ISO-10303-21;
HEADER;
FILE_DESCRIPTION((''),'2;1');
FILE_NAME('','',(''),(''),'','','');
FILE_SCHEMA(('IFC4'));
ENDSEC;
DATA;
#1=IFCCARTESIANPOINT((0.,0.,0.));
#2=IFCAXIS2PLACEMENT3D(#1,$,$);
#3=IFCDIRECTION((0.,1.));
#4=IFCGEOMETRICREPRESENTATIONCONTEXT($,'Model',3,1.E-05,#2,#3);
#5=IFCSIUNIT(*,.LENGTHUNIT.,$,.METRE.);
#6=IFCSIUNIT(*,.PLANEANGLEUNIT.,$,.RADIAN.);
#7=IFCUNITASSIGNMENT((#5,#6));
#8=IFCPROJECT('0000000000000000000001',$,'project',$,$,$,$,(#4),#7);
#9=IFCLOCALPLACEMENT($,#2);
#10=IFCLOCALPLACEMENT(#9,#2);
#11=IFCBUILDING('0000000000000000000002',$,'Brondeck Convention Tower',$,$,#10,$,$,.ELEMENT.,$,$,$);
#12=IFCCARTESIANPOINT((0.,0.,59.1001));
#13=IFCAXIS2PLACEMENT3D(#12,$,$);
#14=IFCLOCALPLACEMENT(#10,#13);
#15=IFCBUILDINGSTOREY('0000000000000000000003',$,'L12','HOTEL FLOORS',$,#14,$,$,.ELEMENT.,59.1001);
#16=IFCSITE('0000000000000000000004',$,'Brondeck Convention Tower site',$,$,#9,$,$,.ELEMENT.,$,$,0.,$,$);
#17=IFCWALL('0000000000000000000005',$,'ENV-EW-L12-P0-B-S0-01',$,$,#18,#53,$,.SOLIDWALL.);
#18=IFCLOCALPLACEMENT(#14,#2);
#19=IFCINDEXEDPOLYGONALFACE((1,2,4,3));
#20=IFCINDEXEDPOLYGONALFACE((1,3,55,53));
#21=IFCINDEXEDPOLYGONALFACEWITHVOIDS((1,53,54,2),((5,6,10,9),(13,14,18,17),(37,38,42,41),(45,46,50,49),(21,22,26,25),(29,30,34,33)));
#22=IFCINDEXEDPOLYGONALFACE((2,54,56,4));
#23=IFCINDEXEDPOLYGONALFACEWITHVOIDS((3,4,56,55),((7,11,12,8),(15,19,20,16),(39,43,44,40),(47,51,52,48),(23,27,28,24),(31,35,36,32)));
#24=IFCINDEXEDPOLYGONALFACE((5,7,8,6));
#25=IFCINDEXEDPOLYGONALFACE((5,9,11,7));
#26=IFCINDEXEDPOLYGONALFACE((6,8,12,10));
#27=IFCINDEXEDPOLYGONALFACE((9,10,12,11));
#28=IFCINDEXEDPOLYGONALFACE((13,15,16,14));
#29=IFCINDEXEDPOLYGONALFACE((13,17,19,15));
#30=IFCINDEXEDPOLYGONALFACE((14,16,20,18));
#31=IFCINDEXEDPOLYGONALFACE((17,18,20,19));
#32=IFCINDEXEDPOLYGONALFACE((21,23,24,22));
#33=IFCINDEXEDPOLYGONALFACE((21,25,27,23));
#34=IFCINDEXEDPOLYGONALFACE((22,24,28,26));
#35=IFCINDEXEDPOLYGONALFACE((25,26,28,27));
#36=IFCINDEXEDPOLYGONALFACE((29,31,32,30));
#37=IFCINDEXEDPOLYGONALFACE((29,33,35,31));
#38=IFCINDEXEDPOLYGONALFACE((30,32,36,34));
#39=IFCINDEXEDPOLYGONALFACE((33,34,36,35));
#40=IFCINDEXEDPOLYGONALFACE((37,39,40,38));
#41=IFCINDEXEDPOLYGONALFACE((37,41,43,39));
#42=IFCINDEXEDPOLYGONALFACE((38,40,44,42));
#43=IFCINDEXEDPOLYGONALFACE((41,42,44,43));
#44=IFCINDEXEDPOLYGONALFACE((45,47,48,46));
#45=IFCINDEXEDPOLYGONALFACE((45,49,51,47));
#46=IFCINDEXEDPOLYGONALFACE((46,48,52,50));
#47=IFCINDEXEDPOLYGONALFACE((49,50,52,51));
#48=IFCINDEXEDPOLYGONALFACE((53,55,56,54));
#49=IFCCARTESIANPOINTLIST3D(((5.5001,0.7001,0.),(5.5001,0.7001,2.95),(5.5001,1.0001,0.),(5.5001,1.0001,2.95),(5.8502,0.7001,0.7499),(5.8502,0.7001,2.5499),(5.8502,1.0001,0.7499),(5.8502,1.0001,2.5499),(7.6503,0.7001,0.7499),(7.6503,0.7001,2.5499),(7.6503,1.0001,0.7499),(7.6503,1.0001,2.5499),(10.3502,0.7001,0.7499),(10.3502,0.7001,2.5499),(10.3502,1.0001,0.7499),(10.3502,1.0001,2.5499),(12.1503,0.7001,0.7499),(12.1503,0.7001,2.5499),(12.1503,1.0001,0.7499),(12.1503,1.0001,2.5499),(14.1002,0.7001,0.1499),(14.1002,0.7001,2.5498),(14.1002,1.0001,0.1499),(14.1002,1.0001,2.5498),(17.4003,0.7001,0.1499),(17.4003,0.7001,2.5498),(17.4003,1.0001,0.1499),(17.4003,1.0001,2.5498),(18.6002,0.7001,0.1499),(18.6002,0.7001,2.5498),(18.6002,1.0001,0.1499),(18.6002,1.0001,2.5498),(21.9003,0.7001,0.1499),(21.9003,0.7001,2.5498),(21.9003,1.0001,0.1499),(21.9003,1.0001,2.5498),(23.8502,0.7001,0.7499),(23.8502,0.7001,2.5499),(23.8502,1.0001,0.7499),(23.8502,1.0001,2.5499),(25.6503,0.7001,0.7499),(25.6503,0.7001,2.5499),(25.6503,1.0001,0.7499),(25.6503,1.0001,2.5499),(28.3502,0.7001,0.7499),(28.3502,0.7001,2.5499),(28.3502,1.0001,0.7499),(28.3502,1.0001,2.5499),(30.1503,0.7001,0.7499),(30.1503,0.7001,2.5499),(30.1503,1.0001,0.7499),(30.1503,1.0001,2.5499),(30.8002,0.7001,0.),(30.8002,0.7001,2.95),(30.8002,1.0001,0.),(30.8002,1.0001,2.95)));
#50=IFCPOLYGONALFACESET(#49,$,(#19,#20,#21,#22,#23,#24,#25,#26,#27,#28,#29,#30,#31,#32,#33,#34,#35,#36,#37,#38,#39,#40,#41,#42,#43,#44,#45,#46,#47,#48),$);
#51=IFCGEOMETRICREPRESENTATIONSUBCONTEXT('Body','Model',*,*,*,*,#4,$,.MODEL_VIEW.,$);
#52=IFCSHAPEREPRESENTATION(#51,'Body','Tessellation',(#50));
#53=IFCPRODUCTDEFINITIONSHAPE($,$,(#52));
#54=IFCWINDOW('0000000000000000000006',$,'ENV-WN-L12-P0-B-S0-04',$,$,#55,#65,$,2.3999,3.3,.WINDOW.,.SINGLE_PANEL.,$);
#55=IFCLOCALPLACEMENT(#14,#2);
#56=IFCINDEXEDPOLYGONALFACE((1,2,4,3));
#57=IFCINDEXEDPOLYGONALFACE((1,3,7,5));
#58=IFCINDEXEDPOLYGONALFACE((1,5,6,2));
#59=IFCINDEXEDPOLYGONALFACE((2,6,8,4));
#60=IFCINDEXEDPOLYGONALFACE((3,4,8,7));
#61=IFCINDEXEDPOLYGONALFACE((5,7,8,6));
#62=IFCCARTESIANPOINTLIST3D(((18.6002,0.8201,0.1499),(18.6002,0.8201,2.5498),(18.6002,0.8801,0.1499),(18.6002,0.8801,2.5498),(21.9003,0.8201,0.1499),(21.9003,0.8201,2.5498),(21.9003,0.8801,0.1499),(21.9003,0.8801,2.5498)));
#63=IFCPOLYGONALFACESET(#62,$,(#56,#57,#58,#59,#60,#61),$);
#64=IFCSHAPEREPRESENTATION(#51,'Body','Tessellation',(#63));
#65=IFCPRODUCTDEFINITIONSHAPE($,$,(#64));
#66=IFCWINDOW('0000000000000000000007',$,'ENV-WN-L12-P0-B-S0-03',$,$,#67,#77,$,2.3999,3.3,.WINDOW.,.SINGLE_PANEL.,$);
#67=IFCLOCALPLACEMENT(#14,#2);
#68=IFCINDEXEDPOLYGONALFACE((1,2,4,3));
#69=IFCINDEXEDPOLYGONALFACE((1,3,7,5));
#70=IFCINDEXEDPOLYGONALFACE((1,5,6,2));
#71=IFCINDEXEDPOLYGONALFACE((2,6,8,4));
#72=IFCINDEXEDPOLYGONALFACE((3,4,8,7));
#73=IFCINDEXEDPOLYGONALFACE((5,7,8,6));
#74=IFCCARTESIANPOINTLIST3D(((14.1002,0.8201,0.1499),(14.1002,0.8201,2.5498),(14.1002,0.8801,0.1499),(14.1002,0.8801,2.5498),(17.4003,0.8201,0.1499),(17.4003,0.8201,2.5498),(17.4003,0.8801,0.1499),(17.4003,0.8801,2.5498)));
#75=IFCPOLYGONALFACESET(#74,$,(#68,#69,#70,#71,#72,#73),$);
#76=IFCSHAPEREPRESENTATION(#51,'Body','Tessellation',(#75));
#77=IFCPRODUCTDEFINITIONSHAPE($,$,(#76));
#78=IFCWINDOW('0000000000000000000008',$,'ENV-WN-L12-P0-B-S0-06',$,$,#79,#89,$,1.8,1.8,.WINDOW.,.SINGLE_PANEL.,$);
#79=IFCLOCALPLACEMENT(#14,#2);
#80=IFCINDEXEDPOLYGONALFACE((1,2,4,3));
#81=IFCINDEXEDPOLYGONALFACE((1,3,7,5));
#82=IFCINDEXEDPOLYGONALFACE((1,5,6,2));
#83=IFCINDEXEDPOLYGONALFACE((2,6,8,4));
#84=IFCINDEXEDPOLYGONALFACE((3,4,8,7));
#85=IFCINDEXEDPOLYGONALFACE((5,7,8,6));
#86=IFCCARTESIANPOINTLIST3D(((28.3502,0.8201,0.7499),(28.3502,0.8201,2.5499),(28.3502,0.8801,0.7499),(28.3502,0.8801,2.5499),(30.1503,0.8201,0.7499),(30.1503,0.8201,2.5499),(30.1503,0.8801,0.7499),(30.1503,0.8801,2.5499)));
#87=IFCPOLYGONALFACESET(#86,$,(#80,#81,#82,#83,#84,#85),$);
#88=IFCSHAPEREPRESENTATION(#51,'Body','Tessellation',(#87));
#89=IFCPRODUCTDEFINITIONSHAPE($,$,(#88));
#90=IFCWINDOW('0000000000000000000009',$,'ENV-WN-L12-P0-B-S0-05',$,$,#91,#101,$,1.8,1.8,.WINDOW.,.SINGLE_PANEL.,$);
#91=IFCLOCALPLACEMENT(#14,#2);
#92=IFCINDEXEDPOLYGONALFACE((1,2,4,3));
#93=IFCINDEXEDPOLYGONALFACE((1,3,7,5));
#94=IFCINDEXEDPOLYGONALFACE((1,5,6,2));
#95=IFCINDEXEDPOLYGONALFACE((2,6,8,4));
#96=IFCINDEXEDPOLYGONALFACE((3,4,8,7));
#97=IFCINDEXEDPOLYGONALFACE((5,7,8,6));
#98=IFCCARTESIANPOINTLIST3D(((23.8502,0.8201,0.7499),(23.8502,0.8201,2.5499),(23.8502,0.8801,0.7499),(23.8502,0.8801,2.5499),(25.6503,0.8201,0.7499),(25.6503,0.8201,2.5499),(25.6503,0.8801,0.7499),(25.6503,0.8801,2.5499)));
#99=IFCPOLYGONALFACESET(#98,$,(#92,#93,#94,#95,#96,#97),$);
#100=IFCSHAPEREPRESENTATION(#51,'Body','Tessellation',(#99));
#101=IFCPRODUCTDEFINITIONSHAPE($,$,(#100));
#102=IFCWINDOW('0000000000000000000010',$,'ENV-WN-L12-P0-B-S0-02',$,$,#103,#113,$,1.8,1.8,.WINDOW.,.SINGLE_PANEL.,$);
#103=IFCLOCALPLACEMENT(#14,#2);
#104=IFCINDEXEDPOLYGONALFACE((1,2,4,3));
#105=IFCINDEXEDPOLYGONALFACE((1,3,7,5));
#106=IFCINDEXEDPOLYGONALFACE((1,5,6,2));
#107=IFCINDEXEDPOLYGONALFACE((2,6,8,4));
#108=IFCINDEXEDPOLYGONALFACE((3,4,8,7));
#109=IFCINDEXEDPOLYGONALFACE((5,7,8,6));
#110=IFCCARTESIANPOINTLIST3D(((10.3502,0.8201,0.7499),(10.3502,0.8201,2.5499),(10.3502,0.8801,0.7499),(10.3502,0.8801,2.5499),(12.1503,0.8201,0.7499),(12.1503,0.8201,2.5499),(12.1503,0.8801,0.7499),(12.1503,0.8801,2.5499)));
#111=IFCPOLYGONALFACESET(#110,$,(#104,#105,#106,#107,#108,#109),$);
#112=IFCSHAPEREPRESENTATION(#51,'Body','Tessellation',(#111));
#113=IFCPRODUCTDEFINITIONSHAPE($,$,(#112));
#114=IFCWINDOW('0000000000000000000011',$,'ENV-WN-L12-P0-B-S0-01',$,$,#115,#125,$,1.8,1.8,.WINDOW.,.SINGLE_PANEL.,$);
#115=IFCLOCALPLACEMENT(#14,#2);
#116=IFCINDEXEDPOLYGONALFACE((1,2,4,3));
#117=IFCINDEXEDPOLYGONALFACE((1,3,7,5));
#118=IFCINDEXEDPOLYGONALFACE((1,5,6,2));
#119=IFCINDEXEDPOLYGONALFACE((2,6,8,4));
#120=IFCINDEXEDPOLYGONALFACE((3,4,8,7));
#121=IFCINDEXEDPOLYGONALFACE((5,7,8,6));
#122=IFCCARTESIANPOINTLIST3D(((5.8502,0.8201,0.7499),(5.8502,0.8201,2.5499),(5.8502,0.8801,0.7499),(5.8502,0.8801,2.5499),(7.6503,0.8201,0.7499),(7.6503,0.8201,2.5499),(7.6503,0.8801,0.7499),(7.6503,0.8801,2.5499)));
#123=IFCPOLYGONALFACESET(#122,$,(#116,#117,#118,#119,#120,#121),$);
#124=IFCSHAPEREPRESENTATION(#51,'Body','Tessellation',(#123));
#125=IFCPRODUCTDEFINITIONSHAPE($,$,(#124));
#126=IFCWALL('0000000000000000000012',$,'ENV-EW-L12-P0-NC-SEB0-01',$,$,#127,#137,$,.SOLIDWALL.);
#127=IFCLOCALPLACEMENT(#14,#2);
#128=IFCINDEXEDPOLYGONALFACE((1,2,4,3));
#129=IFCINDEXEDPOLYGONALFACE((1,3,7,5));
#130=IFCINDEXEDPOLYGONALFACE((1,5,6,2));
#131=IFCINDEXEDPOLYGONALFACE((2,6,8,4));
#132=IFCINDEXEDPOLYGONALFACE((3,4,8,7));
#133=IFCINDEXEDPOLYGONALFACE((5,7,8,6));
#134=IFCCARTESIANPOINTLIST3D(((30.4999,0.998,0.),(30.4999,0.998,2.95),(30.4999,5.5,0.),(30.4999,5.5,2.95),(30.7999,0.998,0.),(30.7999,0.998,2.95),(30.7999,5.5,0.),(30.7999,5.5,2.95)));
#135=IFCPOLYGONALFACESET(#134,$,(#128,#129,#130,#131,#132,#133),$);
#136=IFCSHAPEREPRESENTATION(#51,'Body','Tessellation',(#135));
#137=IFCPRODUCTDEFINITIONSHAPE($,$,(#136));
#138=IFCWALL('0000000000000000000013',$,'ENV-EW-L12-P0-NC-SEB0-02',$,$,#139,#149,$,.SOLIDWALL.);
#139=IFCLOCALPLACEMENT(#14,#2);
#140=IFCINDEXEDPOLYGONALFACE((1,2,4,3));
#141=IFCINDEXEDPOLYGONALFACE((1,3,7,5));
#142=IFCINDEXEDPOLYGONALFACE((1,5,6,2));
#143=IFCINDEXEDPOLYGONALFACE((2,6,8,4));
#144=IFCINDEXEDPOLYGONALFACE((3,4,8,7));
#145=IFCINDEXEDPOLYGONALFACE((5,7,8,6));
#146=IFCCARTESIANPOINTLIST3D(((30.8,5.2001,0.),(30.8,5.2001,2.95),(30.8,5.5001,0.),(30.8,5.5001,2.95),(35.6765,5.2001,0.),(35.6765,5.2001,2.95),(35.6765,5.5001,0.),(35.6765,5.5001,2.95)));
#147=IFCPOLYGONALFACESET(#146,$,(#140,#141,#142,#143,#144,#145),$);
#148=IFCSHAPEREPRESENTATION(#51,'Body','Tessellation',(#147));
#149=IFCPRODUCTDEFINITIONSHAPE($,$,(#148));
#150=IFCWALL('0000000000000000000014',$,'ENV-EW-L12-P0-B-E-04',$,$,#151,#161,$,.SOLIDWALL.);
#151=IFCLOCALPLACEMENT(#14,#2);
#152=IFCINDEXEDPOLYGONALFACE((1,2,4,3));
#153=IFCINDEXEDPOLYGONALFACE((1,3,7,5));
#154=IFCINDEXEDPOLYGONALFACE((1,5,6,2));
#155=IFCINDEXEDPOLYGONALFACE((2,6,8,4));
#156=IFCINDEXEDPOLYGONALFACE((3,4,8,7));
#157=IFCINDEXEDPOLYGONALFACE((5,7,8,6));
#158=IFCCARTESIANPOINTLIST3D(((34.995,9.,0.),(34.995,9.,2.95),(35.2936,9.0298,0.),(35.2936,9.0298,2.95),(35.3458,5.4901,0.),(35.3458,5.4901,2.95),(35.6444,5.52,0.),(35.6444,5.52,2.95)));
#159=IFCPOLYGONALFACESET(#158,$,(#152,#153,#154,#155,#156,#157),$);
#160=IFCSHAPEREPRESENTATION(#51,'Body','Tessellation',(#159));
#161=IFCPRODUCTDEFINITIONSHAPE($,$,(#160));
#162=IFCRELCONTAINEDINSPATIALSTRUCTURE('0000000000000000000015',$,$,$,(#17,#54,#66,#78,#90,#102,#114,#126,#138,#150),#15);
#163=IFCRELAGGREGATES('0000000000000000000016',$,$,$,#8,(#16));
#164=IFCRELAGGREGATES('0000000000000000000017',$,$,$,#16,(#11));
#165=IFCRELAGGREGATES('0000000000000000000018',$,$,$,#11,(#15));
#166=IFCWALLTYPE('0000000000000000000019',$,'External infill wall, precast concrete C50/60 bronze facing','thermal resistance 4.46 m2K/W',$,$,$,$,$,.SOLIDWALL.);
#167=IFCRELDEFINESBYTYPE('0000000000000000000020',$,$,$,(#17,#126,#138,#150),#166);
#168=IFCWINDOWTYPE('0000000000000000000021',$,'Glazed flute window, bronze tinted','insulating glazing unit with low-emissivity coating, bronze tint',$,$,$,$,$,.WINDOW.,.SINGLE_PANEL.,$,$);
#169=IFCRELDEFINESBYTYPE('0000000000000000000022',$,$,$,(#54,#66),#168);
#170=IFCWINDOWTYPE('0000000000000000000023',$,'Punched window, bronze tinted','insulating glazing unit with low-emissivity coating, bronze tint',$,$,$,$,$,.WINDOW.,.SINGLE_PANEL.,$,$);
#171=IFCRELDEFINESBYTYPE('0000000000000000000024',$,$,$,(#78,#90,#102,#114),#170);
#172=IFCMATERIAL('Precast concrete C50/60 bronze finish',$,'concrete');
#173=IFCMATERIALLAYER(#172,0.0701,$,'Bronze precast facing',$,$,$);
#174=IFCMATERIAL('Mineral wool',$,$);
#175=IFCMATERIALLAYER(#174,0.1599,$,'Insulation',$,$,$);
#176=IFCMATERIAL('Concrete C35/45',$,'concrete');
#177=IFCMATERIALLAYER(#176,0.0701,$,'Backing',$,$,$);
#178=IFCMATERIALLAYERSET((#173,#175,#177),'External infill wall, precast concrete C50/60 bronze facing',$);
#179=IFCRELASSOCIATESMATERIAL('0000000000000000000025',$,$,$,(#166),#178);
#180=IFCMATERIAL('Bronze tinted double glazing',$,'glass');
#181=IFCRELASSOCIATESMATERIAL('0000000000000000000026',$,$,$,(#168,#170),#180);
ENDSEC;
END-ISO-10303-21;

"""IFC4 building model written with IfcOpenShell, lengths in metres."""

from ifc_helpers import new_model, si_unit, direction, frame, frame_2d, origin, place, context, subcontext, project, spatial, rectangle, extrude, material, layer, layer_set, type_object, element, fill, save


model = new_model("IFC4")

# Units and contexts
model_context = context("Model", 3, precision=1e-05, world=origin(), true_north=direction((0.0, 1.0)))
body_context = subcontext(model_context, "Body", "Model", "MODEL_VIEW")
ifc_project = project(units=[si_unit("LENGTHUNIT", "METRE"), si_unit("PLANEANGLEUNIT", "RADIAN")], contexts=[model_context])

# Site, building, storey
site_placement = place(None, origin())
site = spatial("IfcSite", under=ifc_project, at=site_placement, Name="Brondeck Convention Tower site", CompositionType="ELEMENT", RefElevation=0.0)
building_placement = place(site_placement, origin())
building = spatial("IfcBuilding", under=site, at=building_placement, Name="Brondeck Convention Tower", CompositionType="ELEMENT")
storey_placement = place(building_placement, frame((0.0, 0.0, 59.1001)))
storey = spatial("IfcBuildingStorey", under=building, at=storey_placement, Name="L12", Description="HOTEL FLOORS", CompositionType="ELEMENT", Elevation=59.1001)

# Wall, openings, windows
ifc_material_1 = material(Name="Precast concrete C50/60 bronze finish", Category="concrete")
ifc_layer_1 = layer(ifc_material_1, 0.0701, Name="Bronze precast facing")
ifc_material_2 = material(Name="Mineral wool")
ifc_layer_2 = layer(ifc_material_2, 0.1599, Name="Insulation")
ifc_material_3 = material(Name="Concrete C35/45", Category="concrete")
ifc_layer_3 = layer(ifc_material_3, 0.0701, Name="Backing")
ifc_layer_set_1 = layer_set([ifc_layer_1, ifc_layer_2, ifc_layer_3], Name="External infill wall, precast concrete C50/60 bronze facing")
wall_type_1 = type_object("IfcWallType", Name="External infill wall, precast concrete C50/60 bronze facing", Description="thermal resistance 4.46 m2K/W", PredefinedType="SOLIDWALL", material=ifc_layer_set_1)
wall_1_placement = place(storey_placement, frame((30.8, 0.8501, 0.0), z_axis=(0.0, 0.0, 1.0), x_axis=(-1.0, 0.0, 0.0)))
wall_1 = element("IfcWall", 1, at=wall_1_placement, inside=storey, type_object=wall_type_1, Name="ENV-EW-L12-P0-B-S0-01", PredefinedType="SOLIDWALL", context=body_context, shape_type="SweptSolid", body=[
    extrude(rectangle(XDim=25.3, YDim=0.3, at=frame_2d((12.6499, 0.0))), origin(), (0.0, 0.0, 1.0), 2.95),
])
opening_1_placement = place(wall_1_placement, frame((0.6499, 0.0, 0.75)))
opening_1 = element("IfcOpeningElement", 2, at=opening_1_placement, cuts=wall_1, PredefinedType="OPENING", context=body_context, shape_type="SweptSolid", body=[
    extrude(rectangle(XDim=1.8, YDim=1.8, at=frame_2d((0.8999, 0.8999))), frame((0.0, 0.1599, 0.0), z_axis=(0.0, -1.0, 0.0), x_axis=(1.0, 0.0, 0.0)), (0.0, 0.0, 1.0), 0.3201),
])
opening_2_placement = place(wall_1_placement, frame((5.1499, 0.0, 0.75)))
opening_2 = element("IfcOpeningElement", 3, at=opening_2_placement, cuts=wall_1, PredefinedType="OPENING", context=body_context, shape_type="SweptSolid", body=[
    extrude(rectangle(XDim=1.8, YDim=1.8, at=frame_2d((0.8999, 0.8999))), frame((0.0, 0.1599, 0.0), z_axis=(0.0, -1.0, 0.0), x_axis=(1.0, 0.0, 0.0)), (0.0, 0.0, 1.0), 0.3201),
])
opening_3_placement = place(wall_1_placement, frame((8.8999, 0.0, 0.1499)))
opening_3 = element("IfcOpeningElement", 4, at=opening_3_placement, cuts=wall_1, PredefinedType="OPENING", context=body_context, shape_type="SweptSolid", body=[
    extrude(rectangle(XDim=3.3, YDim=2.3999, at=frame_2d((1.6499, 1.2))), frame((0.0, 0.1599, 0.0), z_axis=(0.0, -1.0, 0.0), x_axis=(1.0, 0.0, 0.0)), (0.0, 0.0, 1.0), 0.3201),
])
opening_4_placement = place(wall_1_placement, frame((13.3999, 0.0, 0.1499)))
opening_4 = element("IfcOpeningElement", 5, at=opening_4_placement, cuts=wall_1, PredefinedType="OPENING", context=body_context, shape_type="SweptSolid", body=[
    extrude(rectangle(XDim=3.3, YDim=2.3999, at=frame_2d((1.6499, 1.2))), frame((0.0, 0.1599, 0.0), z_axis=(0.0, -1.0, 0.0), x_axis=(1.0, 0.0, 0.0)), (0.0, 0.0, 1.0), 0.3201),
])
opening_5_placement = place(wall_1_placement, frame((18.6499, 0.0, 0.75)))
opening_5 = element("IfcOpeningElement", 6, at=opening_5_placement, cuts=wall_1, PredefinedType="OPENING", context=body_context, shape_type="SweptSolid", body=[
    extrude(rectangle(XDim=1.8, YDim=1.8, at=frame_2d((0.8999, 0.8999))), frame((0.0, 0.1599, 0.0), z_axis=(0.0, -1.0, 0.0), x_axis=(1.0, 0.0, 0.0)), (0.0, 0.0, 1.0), 0.3201),
])
opening_6_placement = place(wall_1_placement, frame((23.1499, 0.0, 0.75)))
opening_6 = element("IfcOpeningElement", 7, at=opening_6_placement, cuts=wall_1, PredefinedType="OPENING", context=body_context, shape_type="SweptSolid", body=[
    extrude(rectangle(XDim=1.8, YDim=1.8, at=frame_2d((0.8999, 0.8999))), frame((0.0, 0.1599, 0.0), z_axis=(0.0, -1.0, 0.0), x_axis=(1.0, 0.0, 0.0)), (0.0, 0.0, 1.0), 0.3201),
])
ifc_material_4 = material(Name="Bronze tinted double glazing", Category="glass")
window_type_1 = type_object("IfcWindowType", Name="Glazed flute window, bronze tinted", Description="insulating glazing unit with low-emissivity coating, bronze tint", PartitioningType="SINGLE_PANEL", PredefinedType="WINDOW", material=ifc_material_4)
window_1_placement = place(opening_3_placement, origin())
window_1 = element("IfcWindow", 8, at=window_1_placement, inside=storey, type_object=window_type_1, Name="ENV-WN-L12-P0-B-S0-04", OverallHeight=2.3999, OverallWidth=3.3, PartitioningType="SINGLE_PANEL", PredefinedType="WINDOW", context=body_context, shape_type="SweptSolid", body=[
    extrude(rectangle(XDim=3.3, YDim=2.3999, at=frame_2d((1.6499, 1.2))), frame((0.0, 0.03, 0.0), z_axis=(0.0, -1.0, 0.0), x_axis=(1.0, 0.0, 0.0)), (0.0, 0.0, 1.0), 0.0601),
])
fill(opening_3, window_1)
window_2_placement = place(opening_4_placement, origin())
window_2 = element("IfcWindow", 9, at=window_2_placement, inside=storey, type_object=window_type_1, Name="ENV-WN-L12-P0-B-S0-03", OverallHeight=2.3999, OverallWidth=3.3, PartitioningType="SINGLE_PANEL", PredefinedType="WINDOW", context=body_context, shape_type="SweptSolid", body=[
    extrude(rectangle(XDim=3.3, YDim=2.3999, at=frame_2d((1.6499, 1.2))), frame((0.0, 0.03, 0.0), z_axis=(0.0, -1.0, 0.0), x_axis=(1.0, 0.0, 0.0)), (0.0, 0.0, 1.0), 0.0601),
])
fill(opening_4, window_2)
window_type_2 = type_object("IfcWindowType", Name="Punched window, bronze tinted", Description="insulating glazing unit with low-emissivity coating, bronze tint", PartitioningType="SINGLE_PANEL", PredefinedType="WINDOW", material=ifc_material_4)
window_3_placement = place(opening_1_placement, origin())
window_3 = element("IfcWindow", 10, at=window_3_placement, inside=storey, type_object=window_type_2, Name="ENV-WN-L12-P0-B-S0-06", OverallHeight=1.8, OverallWidth=1.8, PartitioningType="SINGLE_PANEL", PredefinedType="WINDOW", context=body_context, shape_type="SweptSolid", body=[
    extrude(rectangle(XDim=1.8, YDim=1.8, at=frame_2d((0.8999, 0.8999))), frame((0.0, 0.03, 0.0), z_axis=(0.0, -1.0, 0.0), x_axis=(1.0, 0.0, 0.0)), (0.0, 0.0, 1.0), 0.0601),
])
fill(opening_1, window_3)
window_4_placement = place(opening_2_placement, origin())
window_4 = element("IfcWindow", 11, at=window_4_placement, inside=storey, type_object=window_type_2, Name="ENV-WN-L12-P0-B-S0-05", OverallHeight=1.8, OverallWidth=1.8, PartitioningType="SINGLE_PANEL", PredefinedType="WINDOW", context=body_context, shape_type="SweptSolid", body=[
    extrude(rectangle(XDim=1.8, YDim=1.8, at=frame_2d((0.8999, 0.8999))), frame((0.0, 0.03, 0.0), z_axis=(0.0, -1.0, 0.0), x_axis=(1.0, 0.0, 0.0)), (0.0, 0.0, 1.0), 0.0601),
])
fill(opening_2, window_4)
window_5_placement = place(opening_5_placement, origin())
window_5 = element("IfcWindow", 12, at=window_5_placement, inside=storey, type_object=window_type_2, Name="ENV-WN-L12-P0-B-S0-02", OverallHeight=1.8, OverallWidth=1.8, PartitioningType="SINGLE_PANEL", PredefinedType="WINDOW", context=body_context, shape_type="SweptSolid", body=[
    extrude(rectangle(XDim=1.8, YDim=1.8, at=frame_2d((0.8999, 0.8999))), frame((0.0, 0.03, 0.0), z_axis=(0.0, -1.0, 0.0), x_axis=(1.0, 0.0, 0.0)), (0.0, 0.0, 1.0), 0.0601),
])
fill(opening_5, window_5)
window_6_placement = place(opening_6_placement, origin())
window_6 = element("IfcWindow", 13, at=window_6_placement, inside=storey, type_object=window_type_2, Name="ENV-WN-L12-P0-B-S0-01", OverallHeight=1.8, OverallWidth=1.8, PartitioningType="SINGLE_PANEL", PredefinedType="WINDOW", context=body_context, shape_type="SweptSolid", body=[
    extrude(rectangle(XDim=1.8, YDim=1.8, at=frame_2d((0.8999, 0.8999))), frame((0.0, 0.03, 0.0), z_axis=(0.0, -1.0, 0.0), x_axis=(1.0, 0.0, 0.0)), (0.0, 0.0, 1.0), 0.0601),
])
fill(opening_6, window_6)

# Walls
wall_2_placement = place(storey_placement, frame((30.6499, 5.5, 0.0), z_axis=(0.0, 0.0, 1.0), x_axis=(0.0, -1.0, 0.0)))
element("IfcWall", 14, at=wall_2_placement, inside=storey, type_object=wall_type_1, Name="ENV-EW-L12-P0-NC-SEB0-01", PredefinedType="SOLIDWALL", context=body_context, shape_type="SweptSolid", body=[
    extrude(rectangle(XDim=4.502, YDim=0.3, at=frame_2d((2.251, 0.0))), origin(), (0.0, 0.0, 1.0), 2.95),
])
wall_3_placement = place(storey_placement, frame((35.6765, 5.3501, 0.0), z_axis=(0.0, 0.0, 1.0), x_axis=(-1.0, 0.0, 0.0)))
element("IfcWall", 15, at=wall_3_placement, inside=storey, type_object=wall_type_1, Name="ENV-EW-L12-P0-NC-SEB0-02", PredefinedType="SOLIDWALL", context=body_context, shape_type="SweptSolid", body=[
    extrude(rectangle(XDim=4.8765, YDim=0.3, at=frame_2d((2.4382, 0.0))), origin(), (0.0, 0.0, 1.0), 2.95),
])
wall_4_placement = place(storey_placement, frame((35.1443, 9.0149, 0.0), z_axis=(0.0, 0.0, 1.0), x_axis=(0.099463, -0.995041, 0.0)))
element("IfcWall", 16, at=wall_4_placement, inside=storey, type_object=wall_type_1, Name="ENV-EW-L12-P0-B-E-04", PredefinedType="SOLIDWALL", context=body_context, shape_type="SweptSolid", body=[
    extrude(rectangle(XDim=3.5273, YDim=0.3, at=frame_2d((1.7637, 0.0))), origin(), (0.0, 0.0, 1.0), 2.95),
])

save(model, "model.ifc")
